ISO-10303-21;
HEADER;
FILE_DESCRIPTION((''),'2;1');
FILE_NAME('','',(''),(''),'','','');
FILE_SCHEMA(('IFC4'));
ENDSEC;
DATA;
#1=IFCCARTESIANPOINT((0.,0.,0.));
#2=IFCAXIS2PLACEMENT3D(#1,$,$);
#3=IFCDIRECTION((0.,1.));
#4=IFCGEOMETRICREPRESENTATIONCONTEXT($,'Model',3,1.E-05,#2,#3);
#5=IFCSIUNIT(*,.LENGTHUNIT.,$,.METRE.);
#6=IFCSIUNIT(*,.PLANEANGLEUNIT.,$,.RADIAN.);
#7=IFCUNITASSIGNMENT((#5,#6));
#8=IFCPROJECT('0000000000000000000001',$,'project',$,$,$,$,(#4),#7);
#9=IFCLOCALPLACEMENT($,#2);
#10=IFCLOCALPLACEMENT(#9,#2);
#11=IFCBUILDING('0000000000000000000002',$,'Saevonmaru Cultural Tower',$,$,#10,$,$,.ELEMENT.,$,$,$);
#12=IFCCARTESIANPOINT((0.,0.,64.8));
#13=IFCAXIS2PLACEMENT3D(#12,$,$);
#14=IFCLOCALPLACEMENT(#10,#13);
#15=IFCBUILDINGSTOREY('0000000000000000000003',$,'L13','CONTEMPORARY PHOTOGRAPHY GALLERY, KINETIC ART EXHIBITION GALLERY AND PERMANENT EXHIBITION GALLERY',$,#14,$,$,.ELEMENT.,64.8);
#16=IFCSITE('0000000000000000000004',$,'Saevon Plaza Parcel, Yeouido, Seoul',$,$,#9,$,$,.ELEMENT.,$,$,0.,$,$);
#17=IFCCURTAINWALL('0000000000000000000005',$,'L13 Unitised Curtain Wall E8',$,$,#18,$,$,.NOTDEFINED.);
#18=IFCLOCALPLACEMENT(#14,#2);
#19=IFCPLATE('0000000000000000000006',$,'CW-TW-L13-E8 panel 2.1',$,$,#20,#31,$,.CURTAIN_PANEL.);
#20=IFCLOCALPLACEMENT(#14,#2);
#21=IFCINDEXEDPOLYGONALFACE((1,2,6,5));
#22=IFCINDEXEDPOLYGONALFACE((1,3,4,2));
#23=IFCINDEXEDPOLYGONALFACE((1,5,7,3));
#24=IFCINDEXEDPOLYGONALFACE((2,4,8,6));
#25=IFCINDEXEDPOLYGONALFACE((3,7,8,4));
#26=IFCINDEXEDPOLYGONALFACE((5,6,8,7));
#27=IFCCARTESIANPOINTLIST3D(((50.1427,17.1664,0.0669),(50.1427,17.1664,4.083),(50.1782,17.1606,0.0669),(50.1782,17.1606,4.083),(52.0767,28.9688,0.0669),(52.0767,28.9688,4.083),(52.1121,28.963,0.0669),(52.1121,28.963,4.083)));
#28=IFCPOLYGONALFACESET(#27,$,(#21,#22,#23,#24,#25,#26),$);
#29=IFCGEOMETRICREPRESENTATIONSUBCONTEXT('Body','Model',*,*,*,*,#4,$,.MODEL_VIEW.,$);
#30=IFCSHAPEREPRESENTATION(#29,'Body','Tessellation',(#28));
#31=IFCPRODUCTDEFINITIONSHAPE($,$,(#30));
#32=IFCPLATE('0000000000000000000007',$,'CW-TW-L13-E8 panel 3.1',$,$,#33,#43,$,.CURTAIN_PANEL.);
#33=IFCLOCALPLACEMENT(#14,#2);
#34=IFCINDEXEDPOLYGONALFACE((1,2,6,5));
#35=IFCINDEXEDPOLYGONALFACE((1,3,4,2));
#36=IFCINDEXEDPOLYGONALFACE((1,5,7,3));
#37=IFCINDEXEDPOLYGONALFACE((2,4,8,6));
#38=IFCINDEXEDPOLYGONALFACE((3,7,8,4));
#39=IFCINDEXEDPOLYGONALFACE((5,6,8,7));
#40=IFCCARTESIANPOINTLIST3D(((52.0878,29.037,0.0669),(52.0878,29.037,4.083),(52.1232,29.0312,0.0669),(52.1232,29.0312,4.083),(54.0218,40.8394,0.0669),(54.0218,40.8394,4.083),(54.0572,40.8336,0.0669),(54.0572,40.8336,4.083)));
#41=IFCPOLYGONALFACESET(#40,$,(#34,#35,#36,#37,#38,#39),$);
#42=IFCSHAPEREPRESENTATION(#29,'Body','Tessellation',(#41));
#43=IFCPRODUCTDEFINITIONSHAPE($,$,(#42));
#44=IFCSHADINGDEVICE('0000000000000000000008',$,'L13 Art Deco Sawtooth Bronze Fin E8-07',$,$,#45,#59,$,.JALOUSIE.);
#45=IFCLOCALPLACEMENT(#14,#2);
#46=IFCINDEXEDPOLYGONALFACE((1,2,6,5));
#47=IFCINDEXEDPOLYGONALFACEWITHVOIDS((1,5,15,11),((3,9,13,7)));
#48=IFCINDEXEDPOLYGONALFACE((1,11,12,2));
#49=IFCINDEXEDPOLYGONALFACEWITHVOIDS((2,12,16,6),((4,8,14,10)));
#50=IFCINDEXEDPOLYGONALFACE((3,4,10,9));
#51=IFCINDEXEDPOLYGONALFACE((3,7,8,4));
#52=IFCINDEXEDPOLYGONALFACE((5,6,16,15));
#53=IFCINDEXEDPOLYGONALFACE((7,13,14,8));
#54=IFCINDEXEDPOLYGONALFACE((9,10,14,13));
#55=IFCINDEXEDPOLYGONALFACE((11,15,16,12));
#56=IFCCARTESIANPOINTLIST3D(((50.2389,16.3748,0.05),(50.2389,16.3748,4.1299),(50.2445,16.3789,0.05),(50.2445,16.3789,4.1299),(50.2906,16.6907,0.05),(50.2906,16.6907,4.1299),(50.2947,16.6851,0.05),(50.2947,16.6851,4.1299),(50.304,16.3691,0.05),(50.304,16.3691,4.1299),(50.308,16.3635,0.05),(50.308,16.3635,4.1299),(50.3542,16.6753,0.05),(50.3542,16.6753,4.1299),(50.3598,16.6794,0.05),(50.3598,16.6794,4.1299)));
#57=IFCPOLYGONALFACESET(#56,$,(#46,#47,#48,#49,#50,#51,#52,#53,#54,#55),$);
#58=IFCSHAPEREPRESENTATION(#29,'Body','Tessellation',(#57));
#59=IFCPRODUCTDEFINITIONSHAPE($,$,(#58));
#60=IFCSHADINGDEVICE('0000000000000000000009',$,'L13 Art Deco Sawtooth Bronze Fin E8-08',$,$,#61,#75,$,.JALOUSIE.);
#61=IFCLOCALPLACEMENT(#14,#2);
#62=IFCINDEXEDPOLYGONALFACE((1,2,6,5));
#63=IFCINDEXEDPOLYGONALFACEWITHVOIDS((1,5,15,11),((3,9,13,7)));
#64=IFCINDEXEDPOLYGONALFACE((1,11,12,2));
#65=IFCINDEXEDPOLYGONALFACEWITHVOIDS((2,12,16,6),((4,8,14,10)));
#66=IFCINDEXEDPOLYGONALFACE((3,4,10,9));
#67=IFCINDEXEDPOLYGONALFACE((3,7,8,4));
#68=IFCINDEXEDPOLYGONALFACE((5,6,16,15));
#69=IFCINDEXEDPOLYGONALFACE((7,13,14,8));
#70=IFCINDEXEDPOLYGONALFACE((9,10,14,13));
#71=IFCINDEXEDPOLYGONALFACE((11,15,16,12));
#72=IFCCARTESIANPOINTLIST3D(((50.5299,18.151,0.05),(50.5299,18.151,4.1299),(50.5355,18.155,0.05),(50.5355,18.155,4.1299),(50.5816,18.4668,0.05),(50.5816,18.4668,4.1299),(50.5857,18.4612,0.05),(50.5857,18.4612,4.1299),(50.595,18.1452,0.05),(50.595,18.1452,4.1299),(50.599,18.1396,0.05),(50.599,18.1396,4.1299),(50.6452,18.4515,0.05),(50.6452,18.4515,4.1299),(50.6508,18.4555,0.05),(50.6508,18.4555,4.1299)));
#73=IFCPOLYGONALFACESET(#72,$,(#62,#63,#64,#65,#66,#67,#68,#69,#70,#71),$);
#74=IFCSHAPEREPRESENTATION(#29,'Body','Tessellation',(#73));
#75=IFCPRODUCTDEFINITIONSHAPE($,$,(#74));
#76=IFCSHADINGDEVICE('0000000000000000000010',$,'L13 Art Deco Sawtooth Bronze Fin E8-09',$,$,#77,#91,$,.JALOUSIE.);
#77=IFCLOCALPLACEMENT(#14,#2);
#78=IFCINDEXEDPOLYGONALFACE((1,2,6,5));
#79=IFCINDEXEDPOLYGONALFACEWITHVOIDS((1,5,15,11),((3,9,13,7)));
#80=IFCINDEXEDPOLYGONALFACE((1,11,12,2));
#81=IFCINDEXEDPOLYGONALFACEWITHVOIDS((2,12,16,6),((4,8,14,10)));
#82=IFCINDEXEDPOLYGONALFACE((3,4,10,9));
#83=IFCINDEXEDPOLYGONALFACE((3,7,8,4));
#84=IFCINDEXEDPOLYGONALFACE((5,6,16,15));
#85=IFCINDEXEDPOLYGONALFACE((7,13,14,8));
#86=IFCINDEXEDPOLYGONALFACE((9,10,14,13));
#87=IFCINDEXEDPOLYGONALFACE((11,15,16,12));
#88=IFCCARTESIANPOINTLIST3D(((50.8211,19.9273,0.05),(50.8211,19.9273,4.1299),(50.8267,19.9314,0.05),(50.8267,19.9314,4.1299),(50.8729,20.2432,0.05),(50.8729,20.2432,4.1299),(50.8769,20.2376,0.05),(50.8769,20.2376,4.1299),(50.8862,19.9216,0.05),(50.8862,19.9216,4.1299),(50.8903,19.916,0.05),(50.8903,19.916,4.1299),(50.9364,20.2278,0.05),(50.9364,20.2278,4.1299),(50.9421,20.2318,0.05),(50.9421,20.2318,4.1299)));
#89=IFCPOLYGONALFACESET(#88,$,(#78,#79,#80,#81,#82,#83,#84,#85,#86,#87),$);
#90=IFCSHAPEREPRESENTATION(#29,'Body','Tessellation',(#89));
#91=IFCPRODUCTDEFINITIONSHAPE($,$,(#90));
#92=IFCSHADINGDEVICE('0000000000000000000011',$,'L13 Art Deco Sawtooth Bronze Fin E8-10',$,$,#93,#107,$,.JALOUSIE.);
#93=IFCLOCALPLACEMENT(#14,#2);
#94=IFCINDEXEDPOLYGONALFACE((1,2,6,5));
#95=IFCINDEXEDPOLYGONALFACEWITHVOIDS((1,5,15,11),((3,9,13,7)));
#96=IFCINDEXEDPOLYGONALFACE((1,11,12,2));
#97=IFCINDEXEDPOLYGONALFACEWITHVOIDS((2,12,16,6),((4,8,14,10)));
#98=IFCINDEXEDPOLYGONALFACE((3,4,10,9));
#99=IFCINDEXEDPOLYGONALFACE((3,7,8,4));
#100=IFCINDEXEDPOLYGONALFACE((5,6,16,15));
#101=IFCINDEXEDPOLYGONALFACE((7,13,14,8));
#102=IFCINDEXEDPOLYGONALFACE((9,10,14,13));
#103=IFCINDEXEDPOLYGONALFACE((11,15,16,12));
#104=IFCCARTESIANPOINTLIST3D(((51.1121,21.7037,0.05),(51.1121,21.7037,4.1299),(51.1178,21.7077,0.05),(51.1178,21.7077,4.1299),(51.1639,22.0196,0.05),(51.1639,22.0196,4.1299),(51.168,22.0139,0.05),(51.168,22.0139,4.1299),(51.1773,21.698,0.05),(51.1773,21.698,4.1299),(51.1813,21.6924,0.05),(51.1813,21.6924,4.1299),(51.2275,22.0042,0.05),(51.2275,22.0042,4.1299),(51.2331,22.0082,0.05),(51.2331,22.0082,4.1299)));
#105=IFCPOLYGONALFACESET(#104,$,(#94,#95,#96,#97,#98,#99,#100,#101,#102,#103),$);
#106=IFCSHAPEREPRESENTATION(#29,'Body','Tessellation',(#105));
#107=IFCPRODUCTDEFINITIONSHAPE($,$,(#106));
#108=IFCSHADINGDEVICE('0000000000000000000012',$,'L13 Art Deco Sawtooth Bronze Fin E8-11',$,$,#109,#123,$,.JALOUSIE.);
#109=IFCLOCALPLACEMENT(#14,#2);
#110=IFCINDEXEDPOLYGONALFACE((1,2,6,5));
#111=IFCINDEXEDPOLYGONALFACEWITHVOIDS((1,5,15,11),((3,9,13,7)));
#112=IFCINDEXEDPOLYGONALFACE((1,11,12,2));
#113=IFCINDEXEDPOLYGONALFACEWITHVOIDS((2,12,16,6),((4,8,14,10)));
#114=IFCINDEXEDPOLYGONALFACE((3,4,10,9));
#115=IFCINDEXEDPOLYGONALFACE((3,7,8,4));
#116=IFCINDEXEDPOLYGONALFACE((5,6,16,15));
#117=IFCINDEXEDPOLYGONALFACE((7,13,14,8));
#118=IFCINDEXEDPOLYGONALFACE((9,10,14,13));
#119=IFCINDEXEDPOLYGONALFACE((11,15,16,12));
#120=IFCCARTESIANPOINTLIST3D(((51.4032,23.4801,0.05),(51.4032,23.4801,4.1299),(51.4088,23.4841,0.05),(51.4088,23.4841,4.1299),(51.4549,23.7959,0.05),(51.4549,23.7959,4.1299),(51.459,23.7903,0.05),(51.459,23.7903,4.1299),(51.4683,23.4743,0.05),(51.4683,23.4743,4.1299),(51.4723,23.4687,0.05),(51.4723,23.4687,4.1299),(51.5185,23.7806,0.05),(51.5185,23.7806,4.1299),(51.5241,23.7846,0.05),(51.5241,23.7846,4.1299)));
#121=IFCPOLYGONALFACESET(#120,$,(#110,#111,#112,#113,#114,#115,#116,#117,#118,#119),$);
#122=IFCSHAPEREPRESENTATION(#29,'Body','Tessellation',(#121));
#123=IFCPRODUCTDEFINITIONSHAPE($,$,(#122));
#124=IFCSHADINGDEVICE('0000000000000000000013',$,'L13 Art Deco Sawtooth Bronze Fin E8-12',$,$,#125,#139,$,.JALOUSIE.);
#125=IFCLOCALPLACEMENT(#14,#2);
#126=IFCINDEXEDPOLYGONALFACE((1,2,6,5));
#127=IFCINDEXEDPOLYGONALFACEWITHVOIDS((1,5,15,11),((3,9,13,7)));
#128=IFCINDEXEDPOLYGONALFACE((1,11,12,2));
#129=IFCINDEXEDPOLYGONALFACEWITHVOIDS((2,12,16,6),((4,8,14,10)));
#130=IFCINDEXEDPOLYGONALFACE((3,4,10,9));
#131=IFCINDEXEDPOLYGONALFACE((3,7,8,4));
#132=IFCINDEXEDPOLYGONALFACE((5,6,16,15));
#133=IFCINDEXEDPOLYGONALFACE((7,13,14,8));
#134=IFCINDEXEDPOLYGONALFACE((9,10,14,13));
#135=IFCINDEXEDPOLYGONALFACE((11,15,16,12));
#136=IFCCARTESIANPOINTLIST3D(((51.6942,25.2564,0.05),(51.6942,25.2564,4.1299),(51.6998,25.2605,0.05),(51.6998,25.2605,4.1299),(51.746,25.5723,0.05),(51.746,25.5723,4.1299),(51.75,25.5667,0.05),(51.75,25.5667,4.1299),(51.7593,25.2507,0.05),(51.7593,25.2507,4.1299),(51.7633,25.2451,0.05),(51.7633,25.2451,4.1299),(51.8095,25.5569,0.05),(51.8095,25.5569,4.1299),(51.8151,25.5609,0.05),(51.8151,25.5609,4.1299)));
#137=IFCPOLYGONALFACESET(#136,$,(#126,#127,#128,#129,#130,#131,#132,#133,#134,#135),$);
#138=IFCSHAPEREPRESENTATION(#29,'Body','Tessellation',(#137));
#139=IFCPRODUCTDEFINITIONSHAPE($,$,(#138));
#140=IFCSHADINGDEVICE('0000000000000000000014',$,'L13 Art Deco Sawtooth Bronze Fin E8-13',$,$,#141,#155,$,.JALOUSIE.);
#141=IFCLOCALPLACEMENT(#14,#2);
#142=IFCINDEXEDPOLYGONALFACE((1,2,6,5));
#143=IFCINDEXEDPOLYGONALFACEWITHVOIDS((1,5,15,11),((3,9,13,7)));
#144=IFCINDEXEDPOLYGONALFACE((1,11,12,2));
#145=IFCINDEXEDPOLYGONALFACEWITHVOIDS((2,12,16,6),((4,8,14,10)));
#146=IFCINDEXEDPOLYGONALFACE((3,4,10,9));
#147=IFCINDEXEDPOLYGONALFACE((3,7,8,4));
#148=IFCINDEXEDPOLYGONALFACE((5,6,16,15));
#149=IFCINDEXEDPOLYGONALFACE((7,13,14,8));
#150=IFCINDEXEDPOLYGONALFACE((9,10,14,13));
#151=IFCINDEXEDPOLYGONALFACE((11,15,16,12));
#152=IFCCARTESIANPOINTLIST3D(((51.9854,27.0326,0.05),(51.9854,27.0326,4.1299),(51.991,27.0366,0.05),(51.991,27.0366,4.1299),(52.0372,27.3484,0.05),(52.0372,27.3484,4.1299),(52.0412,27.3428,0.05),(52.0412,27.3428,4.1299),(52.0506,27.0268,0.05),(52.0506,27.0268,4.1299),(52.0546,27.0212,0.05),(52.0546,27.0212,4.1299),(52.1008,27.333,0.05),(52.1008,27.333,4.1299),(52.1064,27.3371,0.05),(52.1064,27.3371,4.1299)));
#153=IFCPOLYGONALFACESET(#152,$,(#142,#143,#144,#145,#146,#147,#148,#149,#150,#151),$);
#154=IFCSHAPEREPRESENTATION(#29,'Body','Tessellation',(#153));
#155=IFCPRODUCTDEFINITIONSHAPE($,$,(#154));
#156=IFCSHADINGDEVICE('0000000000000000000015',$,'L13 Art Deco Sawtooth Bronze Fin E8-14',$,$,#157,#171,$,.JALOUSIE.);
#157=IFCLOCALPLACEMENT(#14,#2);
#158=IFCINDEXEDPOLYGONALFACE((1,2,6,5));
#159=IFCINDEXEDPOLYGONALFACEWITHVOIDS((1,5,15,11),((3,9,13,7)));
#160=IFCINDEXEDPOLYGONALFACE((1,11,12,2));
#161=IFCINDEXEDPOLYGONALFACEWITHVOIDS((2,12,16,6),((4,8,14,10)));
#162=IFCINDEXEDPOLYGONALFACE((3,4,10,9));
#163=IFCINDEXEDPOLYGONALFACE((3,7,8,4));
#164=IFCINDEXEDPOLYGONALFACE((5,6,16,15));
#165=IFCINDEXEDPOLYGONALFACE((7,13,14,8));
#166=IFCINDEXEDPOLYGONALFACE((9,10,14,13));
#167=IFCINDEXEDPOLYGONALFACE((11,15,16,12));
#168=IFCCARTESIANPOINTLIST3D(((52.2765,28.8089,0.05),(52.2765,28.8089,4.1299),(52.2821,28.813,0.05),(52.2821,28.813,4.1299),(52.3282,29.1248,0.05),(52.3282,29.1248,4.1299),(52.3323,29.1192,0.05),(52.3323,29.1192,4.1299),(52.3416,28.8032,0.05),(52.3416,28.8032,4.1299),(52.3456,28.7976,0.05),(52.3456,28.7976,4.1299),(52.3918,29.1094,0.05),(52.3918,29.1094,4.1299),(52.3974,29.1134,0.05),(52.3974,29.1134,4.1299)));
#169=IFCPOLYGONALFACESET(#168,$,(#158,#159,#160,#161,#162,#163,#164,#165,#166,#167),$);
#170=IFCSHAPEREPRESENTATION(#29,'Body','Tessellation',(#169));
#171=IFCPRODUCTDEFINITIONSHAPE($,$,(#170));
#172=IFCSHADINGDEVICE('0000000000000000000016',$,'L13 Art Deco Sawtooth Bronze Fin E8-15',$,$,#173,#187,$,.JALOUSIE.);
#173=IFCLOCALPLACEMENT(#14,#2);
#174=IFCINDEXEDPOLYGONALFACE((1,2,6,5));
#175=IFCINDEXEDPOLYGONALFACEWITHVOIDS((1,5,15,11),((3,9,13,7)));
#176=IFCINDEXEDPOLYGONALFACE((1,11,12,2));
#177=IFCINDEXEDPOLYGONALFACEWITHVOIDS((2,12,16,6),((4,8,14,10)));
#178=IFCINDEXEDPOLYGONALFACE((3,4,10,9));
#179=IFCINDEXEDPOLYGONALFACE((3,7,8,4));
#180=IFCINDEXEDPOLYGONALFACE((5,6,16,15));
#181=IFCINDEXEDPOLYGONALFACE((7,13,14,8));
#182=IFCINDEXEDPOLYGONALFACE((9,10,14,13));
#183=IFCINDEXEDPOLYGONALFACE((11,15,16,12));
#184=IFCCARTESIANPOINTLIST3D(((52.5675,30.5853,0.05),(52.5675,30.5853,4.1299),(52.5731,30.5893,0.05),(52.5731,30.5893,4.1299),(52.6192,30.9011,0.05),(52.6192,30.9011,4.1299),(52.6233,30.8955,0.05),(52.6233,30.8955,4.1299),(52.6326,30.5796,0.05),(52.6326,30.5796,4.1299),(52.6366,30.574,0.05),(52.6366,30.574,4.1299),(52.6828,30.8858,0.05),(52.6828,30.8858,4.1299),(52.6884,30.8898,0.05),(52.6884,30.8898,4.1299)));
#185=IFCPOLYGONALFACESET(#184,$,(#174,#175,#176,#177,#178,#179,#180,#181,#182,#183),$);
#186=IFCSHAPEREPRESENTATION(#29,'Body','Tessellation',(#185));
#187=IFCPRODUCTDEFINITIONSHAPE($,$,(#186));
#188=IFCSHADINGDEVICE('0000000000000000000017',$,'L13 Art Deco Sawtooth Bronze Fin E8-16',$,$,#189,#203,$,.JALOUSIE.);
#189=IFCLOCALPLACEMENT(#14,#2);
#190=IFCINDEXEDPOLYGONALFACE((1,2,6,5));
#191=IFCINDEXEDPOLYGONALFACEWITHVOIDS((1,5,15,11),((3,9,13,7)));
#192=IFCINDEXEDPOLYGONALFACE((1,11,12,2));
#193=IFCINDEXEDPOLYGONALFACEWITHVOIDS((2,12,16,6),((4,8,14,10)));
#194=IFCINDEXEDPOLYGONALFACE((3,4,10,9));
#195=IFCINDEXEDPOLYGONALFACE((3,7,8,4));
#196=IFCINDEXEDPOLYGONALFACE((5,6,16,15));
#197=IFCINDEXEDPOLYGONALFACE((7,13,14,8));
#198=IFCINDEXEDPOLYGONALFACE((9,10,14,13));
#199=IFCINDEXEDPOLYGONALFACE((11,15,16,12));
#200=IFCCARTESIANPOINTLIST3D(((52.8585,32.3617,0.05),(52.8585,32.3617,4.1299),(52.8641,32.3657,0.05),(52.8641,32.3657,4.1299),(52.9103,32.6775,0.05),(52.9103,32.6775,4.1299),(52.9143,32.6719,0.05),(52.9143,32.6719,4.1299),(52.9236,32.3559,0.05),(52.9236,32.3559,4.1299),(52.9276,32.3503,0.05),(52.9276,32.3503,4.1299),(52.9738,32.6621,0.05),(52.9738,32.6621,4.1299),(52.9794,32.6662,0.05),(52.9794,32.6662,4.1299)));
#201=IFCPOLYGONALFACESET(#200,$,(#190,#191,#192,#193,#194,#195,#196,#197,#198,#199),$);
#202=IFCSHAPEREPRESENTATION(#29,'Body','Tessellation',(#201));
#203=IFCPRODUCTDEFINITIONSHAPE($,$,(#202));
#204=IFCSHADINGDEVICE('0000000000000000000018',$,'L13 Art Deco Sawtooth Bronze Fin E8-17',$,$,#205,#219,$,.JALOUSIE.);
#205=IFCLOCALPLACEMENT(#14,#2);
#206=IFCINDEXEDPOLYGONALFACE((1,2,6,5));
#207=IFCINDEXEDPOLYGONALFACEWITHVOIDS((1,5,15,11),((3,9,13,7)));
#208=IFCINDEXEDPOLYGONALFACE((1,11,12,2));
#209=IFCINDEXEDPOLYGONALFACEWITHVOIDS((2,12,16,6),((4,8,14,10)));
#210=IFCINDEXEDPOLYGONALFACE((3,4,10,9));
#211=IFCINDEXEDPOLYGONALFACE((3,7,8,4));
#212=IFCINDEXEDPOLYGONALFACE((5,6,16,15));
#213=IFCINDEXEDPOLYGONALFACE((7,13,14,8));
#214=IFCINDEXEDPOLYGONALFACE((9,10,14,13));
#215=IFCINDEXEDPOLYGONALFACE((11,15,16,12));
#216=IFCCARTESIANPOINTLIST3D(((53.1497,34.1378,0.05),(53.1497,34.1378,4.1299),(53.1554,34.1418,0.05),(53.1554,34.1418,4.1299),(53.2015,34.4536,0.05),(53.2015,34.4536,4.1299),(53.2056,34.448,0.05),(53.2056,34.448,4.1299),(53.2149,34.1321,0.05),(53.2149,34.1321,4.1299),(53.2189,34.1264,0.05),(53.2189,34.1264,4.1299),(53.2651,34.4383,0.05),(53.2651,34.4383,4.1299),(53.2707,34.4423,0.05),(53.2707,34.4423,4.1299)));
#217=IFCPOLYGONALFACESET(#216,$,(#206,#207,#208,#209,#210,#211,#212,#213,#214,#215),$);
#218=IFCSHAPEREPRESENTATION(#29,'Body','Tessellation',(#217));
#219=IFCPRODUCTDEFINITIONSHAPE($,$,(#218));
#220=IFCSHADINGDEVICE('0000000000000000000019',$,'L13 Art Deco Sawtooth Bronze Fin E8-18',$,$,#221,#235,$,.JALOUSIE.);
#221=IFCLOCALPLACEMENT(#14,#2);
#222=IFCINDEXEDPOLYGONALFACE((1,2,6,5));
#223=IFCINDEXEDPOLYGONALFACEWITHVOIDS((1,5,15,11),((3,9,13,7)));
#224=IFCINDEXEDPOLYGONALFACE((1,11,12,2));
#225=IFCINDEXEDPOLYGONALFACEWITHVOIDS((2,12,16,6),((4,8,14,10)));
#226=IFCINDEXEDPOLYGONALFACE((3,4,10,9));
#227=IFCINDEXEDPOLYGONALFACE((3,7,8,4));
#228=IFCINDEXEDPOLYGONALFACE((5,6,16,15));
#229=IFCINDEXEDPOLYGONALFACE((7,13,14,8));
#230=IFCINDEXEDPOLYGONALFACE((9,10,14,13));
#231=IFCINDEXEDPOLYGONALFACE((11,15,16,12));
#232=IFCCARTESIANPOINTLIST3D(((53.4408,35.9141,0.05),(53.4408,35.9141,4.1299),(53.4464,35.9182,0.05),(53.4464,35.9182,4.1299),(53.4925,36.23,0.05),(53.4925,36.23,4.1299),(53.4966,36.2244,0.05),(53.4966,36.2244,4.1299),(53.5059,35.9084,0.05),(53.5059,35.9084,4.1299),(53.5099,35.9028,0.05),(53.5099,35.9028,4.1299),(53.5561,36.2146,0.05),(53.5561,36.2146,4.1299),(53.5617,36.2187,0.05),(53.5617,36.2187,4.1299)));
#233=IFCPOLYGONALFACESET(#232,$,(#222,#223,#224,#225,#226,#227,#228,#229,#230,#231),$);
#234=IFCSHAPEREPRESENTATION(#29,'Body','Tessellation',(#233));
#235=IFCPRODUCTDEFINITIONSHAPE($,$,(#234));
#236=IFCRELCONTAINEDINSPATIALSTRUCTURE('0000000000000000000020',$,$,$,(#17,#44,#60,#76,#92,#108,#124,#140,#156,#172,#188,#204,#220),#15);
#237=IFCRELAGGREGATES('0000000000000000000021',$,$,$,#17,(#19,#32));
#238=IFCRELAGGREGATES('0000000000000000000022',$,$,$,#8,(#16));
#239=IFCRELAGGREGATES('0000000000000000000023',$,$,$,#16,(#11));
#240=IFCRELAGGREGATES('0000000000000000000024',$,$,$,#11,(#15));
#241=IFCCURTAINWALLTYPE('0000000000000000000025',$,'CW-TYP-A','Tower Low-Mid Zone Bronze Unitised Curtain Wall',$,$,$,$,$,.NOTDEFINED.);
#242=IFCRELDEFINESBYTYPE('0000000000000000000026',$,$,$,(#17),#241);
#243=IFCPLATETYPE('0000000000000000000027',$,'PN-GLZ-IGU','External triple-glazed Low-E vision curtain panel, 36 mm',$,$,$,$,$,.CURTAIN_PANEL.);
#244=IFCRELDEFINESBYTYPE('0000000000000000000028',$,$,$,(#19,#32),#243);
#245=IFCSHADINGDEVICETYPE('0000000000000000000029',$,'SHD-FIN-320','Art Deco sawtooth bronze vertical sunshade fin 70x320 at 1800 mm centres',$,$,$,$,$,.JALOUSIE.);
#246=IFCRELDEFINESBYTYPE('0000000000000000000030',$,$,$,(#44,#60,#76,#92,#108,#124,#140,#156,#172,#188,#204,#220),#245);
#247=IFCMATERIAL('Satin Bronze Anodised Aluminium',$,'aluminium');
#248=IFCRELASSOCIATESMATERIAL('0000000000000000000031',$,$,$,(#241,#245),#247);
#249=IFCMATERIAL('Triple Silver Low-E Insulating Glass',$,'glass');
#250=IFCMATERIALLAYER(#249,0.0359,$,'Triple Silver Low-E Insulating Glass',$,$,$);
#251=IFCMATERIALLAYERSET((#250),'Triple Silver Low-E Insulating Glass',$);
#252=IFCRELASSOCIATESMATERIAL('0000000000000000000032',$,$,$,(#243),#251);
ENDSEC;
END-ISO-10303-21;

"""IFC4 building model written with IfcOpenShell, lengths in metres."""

from ifc_helpers import new_model, si_unit, direction, frame, origin, origin_2d, place, context, subcontext, project, spatial, rectangle, hollow_rectangle, extrude, material, layer, layer_set, material_profile, profile_set, type_object, element, aggregate, save


model = new_model("IFC4")

# Units and contexts
model_context = context("Model", 3, precision=1e-05, world=origin(), true_north=direction((0.0, 1.0)))
body_context = subcontext(model_context, "Body", "Model", "MODEL_VIEW")
ifc_project = project(units=[si_unit("LENGTHUNIT", "METRE"), si_unit("PLANEANGLEUNIT", "RADIAN")], contexts=[model_context])

# Site, building, storey
site_placement = place(None, origin())
site = spatial("IfcSite", under=ifc_project, at=site_placement, Name="Saevon Plaza Parcel, Yeouido, Seoul", CompositionType="ELEMENT", RefElevation=0.0)
building_placement = place(site_placement, origin())
building = spatial("IfcBuilding", under=site, at=building_placement, Name="Saevonmaru Cultural Tower", CompositionType="ELEMENT")
storey_placement = place(building_placement, frame((0.0, 0.0, 64.8)))
storey = spatial("IfcBuildingStorey", under=building, at=storey_placement, Name="L13", Description="CONTEMPORARY PHOTOGRAPHY GALLERY, KINETIC ART EXHIBITION GALLERY AND PERMANENT EXHIBITION GALLERY", CompositionType="ELEMENT", Elevation=64.8)

# Curtain wall, plates
ifc_material_1 = material(Name="Satin Bronze Anodised Aluminium", Category="aluminium")
curtain_wall_type = type_object("IfcCurtainWallType", Name="CW-TYP-A", Description="Tower Low-Mid Zone Bronze Unitised Curtain Wall", PredefinedType="NOTDEFINED", material=ifc_material_1)
curtain_wall_placement = place(storey_placement, origin())
curtain_wall = element("IfcCurtainWall", 1, at=curtain_wall_placement, inside=storey, type_object=curtain_wall_type, Name="L13 Unitised Curtain Wall E8", PredefinedType="NOTDEFINED")
ifc_material_2 = material(Name="Triple Silver Low-E Insulating Glass", Category="glass")
ifc_layer_1 = layer(ifc_material_2, 0.0359, Name="Triple Silver Low-E Insulating Glass")
ifc_layer_set_1 = layer_set([ifc_layer_1], Name="Triple Silver Low-E Insulating Glass")
plate_type = type_object("IfcPlateType", Name="PN-GLZ-IGU", Description="External triple-glazed Low-E vision curtain panel, 36 mm", PredefinedType="CURTAIN_PANEL", material=ifc_layer_set_1)
plate_1_placement = place(storey_placement, frame((51.1274, 23.0647, 0.0669), z_axis=(0.0, 0.0, 1.0), x_axis=(0.161709, 0.986839, 0.0)))
plate_1 = element("IfcPlate", 2, at=plate_1_placement, type_object=plate_type, Name="CW-TW-L13-E8 panel 2.1", PredefinedType="CURTAIN_PANEL", context=body_context, shape_type="SweptSolid", body=[
    extrude(rectangle(XDim=11.9597, YDim=0.0359, at=origin_2d()), origin(), (0.0, 0.0, 1.0), 4.0161),
])
plate_2_placement = place(storey_placement, frame((53.0725, 34.9353, 0.0669), z_axis=(0.0, 0.0, 1.0), x_axis=(0.161709, 0.986839, 0.0)))
plate_2 = element("IfcPlate", 3, at=plate_2_placement, type_object=plate_type, Name="CW-TW-L13-E8 panel 3.1", PredefinedType="CURTAIN_PANEL", context=body_context, shape_type="SweptSolid", body=[
    extrude(rectangle(XDim=11.9597, YDim=0.0359, at=origin_2d()), origin(), (0.0, 0.0, 1.0), 4.0161),
])
aggregate(curtain_wall, [plate_1, plate_2])

# Shading devices
ifc_material_profile_1 = material_profile(ifc_material_1, hollow_rectangle(XDim=0.0701, YDim=0.3201, WallThickness=0.0049, at=origin_2d()), Name="FIN-320x70")
ifc_profile_set_1 = profile_set([ifc_material_profile_1], Name="Satin Bronze Anodised Aluminium")
shading_device_type = type_object("IfcShadingDeviceType", Name="SHD-FIN-320", Description="Art Deco sawtooth bronze vertical sunshade fin 70x320 at 1800 mm centres", PredefinedType="JALOUSIE", material=ifc_profile_set_1)
for number, where, z_axis, x_axis, name in (
    (4, (50.2993, 16.5271, 0.05), (0.0, 0.0, 1.0), (0.986827, -0.161776, 0.0), "L13 Art Deco Sawtooth Bronze Fin E8-07"),
    (5, (50.5903, 18.3032, 0.05), (0.0, 0.0, 1.0), (0.986827, -0.161776, 0.0), "L13 Art Deco Sawtooth Bronze Fin E8-08"),
    (6, (50.8816, 20.0796, 0.05), (0.0, 0.0, 1.0), (0.986827, -0.161776, 0.0), "L13 Art Deco Sawtooth Bronze Fin E8-09"),
    (7, (51.1726, 21.856, 0.05), (0.0, 0.0, 1.0), (0.986827, -0.161776, 0.0), "L13 Art Deco Sawtooth Bronze Fin E8-10"),
    (8, (51.4636, 23.6323, 0.05), (0.0, 0.0, 1.0), (0.986827, -0.161776, 0.0), "L13 Art Deco Sawtooth Bronze Fin E8-11"),
    (9, (51.7546, 25.4087, 0.05), (0.0, 0.0, 1.0), (0.986827, -0.161776, 0.0), "L13 Art Deco Sawtooth Bronze Fin E8-12"),
    (10, (52.0459, 27.1848, 0.05), (0.0, 0.0, 1.0), (0.986827, -0.161776, 0.0), "L13 Art Deco Sawtooth Bronze Fin E8-13"),
    (11, (52.3369, 28.9612, 0.05), (0.0, 0.0, 1.0), (0.986827, -0.161776, 0.0), "L13 Art Deco Sawtooth Bronze Fin E8-14"),
    (12, (52.6279, 30.7375, 0.05), (0.0, 0.0, 1.0), (0.986827, -0.161776, 0.0), "L13 Art Deco Sawtooth Bronze Fin E8-15"),
    (13, (52.9189, 32.5139, 0.05), (0.0, 0.0, 1.0), (0.986827, -0.161776, 0.0), "L13 Art Deco Sawtooth Bronze Fin E8-16"),
    (14, (53.2102, 34.29, 0.05), (0.0, 0.0, 1.0), (0.986827, -0.161776, 0.0), "L13 Art Deco Sawtooth Bronze Fin E8-17"),
    (15, (53.5012, 36.0664, 0.05), (0.0, 0.0, 1.0), (0.986827, -0.161776, 0.0), "L13 Art Deco Sawtooth Bronze Fin E8-18"),
):
    element("IfcShadingDevice", number, at=place(storey_placement, frame(where, z_axis=z_axis, x_axis=x_axis)), inside=storey, type_object=shading_device_type, Name=name, PredefinedType="JALOUSIE", context=body_context, shape_type="SweptSolid", body=[
        extrude(hollow_rectangle(XDim=0.0701, YDim=0.3201, WallThickness=0.0049, at=origin_2d()), origin(), (0.0, 0.0, 1.0), 4.0798),
    ])

save(model, "model.ifc")
